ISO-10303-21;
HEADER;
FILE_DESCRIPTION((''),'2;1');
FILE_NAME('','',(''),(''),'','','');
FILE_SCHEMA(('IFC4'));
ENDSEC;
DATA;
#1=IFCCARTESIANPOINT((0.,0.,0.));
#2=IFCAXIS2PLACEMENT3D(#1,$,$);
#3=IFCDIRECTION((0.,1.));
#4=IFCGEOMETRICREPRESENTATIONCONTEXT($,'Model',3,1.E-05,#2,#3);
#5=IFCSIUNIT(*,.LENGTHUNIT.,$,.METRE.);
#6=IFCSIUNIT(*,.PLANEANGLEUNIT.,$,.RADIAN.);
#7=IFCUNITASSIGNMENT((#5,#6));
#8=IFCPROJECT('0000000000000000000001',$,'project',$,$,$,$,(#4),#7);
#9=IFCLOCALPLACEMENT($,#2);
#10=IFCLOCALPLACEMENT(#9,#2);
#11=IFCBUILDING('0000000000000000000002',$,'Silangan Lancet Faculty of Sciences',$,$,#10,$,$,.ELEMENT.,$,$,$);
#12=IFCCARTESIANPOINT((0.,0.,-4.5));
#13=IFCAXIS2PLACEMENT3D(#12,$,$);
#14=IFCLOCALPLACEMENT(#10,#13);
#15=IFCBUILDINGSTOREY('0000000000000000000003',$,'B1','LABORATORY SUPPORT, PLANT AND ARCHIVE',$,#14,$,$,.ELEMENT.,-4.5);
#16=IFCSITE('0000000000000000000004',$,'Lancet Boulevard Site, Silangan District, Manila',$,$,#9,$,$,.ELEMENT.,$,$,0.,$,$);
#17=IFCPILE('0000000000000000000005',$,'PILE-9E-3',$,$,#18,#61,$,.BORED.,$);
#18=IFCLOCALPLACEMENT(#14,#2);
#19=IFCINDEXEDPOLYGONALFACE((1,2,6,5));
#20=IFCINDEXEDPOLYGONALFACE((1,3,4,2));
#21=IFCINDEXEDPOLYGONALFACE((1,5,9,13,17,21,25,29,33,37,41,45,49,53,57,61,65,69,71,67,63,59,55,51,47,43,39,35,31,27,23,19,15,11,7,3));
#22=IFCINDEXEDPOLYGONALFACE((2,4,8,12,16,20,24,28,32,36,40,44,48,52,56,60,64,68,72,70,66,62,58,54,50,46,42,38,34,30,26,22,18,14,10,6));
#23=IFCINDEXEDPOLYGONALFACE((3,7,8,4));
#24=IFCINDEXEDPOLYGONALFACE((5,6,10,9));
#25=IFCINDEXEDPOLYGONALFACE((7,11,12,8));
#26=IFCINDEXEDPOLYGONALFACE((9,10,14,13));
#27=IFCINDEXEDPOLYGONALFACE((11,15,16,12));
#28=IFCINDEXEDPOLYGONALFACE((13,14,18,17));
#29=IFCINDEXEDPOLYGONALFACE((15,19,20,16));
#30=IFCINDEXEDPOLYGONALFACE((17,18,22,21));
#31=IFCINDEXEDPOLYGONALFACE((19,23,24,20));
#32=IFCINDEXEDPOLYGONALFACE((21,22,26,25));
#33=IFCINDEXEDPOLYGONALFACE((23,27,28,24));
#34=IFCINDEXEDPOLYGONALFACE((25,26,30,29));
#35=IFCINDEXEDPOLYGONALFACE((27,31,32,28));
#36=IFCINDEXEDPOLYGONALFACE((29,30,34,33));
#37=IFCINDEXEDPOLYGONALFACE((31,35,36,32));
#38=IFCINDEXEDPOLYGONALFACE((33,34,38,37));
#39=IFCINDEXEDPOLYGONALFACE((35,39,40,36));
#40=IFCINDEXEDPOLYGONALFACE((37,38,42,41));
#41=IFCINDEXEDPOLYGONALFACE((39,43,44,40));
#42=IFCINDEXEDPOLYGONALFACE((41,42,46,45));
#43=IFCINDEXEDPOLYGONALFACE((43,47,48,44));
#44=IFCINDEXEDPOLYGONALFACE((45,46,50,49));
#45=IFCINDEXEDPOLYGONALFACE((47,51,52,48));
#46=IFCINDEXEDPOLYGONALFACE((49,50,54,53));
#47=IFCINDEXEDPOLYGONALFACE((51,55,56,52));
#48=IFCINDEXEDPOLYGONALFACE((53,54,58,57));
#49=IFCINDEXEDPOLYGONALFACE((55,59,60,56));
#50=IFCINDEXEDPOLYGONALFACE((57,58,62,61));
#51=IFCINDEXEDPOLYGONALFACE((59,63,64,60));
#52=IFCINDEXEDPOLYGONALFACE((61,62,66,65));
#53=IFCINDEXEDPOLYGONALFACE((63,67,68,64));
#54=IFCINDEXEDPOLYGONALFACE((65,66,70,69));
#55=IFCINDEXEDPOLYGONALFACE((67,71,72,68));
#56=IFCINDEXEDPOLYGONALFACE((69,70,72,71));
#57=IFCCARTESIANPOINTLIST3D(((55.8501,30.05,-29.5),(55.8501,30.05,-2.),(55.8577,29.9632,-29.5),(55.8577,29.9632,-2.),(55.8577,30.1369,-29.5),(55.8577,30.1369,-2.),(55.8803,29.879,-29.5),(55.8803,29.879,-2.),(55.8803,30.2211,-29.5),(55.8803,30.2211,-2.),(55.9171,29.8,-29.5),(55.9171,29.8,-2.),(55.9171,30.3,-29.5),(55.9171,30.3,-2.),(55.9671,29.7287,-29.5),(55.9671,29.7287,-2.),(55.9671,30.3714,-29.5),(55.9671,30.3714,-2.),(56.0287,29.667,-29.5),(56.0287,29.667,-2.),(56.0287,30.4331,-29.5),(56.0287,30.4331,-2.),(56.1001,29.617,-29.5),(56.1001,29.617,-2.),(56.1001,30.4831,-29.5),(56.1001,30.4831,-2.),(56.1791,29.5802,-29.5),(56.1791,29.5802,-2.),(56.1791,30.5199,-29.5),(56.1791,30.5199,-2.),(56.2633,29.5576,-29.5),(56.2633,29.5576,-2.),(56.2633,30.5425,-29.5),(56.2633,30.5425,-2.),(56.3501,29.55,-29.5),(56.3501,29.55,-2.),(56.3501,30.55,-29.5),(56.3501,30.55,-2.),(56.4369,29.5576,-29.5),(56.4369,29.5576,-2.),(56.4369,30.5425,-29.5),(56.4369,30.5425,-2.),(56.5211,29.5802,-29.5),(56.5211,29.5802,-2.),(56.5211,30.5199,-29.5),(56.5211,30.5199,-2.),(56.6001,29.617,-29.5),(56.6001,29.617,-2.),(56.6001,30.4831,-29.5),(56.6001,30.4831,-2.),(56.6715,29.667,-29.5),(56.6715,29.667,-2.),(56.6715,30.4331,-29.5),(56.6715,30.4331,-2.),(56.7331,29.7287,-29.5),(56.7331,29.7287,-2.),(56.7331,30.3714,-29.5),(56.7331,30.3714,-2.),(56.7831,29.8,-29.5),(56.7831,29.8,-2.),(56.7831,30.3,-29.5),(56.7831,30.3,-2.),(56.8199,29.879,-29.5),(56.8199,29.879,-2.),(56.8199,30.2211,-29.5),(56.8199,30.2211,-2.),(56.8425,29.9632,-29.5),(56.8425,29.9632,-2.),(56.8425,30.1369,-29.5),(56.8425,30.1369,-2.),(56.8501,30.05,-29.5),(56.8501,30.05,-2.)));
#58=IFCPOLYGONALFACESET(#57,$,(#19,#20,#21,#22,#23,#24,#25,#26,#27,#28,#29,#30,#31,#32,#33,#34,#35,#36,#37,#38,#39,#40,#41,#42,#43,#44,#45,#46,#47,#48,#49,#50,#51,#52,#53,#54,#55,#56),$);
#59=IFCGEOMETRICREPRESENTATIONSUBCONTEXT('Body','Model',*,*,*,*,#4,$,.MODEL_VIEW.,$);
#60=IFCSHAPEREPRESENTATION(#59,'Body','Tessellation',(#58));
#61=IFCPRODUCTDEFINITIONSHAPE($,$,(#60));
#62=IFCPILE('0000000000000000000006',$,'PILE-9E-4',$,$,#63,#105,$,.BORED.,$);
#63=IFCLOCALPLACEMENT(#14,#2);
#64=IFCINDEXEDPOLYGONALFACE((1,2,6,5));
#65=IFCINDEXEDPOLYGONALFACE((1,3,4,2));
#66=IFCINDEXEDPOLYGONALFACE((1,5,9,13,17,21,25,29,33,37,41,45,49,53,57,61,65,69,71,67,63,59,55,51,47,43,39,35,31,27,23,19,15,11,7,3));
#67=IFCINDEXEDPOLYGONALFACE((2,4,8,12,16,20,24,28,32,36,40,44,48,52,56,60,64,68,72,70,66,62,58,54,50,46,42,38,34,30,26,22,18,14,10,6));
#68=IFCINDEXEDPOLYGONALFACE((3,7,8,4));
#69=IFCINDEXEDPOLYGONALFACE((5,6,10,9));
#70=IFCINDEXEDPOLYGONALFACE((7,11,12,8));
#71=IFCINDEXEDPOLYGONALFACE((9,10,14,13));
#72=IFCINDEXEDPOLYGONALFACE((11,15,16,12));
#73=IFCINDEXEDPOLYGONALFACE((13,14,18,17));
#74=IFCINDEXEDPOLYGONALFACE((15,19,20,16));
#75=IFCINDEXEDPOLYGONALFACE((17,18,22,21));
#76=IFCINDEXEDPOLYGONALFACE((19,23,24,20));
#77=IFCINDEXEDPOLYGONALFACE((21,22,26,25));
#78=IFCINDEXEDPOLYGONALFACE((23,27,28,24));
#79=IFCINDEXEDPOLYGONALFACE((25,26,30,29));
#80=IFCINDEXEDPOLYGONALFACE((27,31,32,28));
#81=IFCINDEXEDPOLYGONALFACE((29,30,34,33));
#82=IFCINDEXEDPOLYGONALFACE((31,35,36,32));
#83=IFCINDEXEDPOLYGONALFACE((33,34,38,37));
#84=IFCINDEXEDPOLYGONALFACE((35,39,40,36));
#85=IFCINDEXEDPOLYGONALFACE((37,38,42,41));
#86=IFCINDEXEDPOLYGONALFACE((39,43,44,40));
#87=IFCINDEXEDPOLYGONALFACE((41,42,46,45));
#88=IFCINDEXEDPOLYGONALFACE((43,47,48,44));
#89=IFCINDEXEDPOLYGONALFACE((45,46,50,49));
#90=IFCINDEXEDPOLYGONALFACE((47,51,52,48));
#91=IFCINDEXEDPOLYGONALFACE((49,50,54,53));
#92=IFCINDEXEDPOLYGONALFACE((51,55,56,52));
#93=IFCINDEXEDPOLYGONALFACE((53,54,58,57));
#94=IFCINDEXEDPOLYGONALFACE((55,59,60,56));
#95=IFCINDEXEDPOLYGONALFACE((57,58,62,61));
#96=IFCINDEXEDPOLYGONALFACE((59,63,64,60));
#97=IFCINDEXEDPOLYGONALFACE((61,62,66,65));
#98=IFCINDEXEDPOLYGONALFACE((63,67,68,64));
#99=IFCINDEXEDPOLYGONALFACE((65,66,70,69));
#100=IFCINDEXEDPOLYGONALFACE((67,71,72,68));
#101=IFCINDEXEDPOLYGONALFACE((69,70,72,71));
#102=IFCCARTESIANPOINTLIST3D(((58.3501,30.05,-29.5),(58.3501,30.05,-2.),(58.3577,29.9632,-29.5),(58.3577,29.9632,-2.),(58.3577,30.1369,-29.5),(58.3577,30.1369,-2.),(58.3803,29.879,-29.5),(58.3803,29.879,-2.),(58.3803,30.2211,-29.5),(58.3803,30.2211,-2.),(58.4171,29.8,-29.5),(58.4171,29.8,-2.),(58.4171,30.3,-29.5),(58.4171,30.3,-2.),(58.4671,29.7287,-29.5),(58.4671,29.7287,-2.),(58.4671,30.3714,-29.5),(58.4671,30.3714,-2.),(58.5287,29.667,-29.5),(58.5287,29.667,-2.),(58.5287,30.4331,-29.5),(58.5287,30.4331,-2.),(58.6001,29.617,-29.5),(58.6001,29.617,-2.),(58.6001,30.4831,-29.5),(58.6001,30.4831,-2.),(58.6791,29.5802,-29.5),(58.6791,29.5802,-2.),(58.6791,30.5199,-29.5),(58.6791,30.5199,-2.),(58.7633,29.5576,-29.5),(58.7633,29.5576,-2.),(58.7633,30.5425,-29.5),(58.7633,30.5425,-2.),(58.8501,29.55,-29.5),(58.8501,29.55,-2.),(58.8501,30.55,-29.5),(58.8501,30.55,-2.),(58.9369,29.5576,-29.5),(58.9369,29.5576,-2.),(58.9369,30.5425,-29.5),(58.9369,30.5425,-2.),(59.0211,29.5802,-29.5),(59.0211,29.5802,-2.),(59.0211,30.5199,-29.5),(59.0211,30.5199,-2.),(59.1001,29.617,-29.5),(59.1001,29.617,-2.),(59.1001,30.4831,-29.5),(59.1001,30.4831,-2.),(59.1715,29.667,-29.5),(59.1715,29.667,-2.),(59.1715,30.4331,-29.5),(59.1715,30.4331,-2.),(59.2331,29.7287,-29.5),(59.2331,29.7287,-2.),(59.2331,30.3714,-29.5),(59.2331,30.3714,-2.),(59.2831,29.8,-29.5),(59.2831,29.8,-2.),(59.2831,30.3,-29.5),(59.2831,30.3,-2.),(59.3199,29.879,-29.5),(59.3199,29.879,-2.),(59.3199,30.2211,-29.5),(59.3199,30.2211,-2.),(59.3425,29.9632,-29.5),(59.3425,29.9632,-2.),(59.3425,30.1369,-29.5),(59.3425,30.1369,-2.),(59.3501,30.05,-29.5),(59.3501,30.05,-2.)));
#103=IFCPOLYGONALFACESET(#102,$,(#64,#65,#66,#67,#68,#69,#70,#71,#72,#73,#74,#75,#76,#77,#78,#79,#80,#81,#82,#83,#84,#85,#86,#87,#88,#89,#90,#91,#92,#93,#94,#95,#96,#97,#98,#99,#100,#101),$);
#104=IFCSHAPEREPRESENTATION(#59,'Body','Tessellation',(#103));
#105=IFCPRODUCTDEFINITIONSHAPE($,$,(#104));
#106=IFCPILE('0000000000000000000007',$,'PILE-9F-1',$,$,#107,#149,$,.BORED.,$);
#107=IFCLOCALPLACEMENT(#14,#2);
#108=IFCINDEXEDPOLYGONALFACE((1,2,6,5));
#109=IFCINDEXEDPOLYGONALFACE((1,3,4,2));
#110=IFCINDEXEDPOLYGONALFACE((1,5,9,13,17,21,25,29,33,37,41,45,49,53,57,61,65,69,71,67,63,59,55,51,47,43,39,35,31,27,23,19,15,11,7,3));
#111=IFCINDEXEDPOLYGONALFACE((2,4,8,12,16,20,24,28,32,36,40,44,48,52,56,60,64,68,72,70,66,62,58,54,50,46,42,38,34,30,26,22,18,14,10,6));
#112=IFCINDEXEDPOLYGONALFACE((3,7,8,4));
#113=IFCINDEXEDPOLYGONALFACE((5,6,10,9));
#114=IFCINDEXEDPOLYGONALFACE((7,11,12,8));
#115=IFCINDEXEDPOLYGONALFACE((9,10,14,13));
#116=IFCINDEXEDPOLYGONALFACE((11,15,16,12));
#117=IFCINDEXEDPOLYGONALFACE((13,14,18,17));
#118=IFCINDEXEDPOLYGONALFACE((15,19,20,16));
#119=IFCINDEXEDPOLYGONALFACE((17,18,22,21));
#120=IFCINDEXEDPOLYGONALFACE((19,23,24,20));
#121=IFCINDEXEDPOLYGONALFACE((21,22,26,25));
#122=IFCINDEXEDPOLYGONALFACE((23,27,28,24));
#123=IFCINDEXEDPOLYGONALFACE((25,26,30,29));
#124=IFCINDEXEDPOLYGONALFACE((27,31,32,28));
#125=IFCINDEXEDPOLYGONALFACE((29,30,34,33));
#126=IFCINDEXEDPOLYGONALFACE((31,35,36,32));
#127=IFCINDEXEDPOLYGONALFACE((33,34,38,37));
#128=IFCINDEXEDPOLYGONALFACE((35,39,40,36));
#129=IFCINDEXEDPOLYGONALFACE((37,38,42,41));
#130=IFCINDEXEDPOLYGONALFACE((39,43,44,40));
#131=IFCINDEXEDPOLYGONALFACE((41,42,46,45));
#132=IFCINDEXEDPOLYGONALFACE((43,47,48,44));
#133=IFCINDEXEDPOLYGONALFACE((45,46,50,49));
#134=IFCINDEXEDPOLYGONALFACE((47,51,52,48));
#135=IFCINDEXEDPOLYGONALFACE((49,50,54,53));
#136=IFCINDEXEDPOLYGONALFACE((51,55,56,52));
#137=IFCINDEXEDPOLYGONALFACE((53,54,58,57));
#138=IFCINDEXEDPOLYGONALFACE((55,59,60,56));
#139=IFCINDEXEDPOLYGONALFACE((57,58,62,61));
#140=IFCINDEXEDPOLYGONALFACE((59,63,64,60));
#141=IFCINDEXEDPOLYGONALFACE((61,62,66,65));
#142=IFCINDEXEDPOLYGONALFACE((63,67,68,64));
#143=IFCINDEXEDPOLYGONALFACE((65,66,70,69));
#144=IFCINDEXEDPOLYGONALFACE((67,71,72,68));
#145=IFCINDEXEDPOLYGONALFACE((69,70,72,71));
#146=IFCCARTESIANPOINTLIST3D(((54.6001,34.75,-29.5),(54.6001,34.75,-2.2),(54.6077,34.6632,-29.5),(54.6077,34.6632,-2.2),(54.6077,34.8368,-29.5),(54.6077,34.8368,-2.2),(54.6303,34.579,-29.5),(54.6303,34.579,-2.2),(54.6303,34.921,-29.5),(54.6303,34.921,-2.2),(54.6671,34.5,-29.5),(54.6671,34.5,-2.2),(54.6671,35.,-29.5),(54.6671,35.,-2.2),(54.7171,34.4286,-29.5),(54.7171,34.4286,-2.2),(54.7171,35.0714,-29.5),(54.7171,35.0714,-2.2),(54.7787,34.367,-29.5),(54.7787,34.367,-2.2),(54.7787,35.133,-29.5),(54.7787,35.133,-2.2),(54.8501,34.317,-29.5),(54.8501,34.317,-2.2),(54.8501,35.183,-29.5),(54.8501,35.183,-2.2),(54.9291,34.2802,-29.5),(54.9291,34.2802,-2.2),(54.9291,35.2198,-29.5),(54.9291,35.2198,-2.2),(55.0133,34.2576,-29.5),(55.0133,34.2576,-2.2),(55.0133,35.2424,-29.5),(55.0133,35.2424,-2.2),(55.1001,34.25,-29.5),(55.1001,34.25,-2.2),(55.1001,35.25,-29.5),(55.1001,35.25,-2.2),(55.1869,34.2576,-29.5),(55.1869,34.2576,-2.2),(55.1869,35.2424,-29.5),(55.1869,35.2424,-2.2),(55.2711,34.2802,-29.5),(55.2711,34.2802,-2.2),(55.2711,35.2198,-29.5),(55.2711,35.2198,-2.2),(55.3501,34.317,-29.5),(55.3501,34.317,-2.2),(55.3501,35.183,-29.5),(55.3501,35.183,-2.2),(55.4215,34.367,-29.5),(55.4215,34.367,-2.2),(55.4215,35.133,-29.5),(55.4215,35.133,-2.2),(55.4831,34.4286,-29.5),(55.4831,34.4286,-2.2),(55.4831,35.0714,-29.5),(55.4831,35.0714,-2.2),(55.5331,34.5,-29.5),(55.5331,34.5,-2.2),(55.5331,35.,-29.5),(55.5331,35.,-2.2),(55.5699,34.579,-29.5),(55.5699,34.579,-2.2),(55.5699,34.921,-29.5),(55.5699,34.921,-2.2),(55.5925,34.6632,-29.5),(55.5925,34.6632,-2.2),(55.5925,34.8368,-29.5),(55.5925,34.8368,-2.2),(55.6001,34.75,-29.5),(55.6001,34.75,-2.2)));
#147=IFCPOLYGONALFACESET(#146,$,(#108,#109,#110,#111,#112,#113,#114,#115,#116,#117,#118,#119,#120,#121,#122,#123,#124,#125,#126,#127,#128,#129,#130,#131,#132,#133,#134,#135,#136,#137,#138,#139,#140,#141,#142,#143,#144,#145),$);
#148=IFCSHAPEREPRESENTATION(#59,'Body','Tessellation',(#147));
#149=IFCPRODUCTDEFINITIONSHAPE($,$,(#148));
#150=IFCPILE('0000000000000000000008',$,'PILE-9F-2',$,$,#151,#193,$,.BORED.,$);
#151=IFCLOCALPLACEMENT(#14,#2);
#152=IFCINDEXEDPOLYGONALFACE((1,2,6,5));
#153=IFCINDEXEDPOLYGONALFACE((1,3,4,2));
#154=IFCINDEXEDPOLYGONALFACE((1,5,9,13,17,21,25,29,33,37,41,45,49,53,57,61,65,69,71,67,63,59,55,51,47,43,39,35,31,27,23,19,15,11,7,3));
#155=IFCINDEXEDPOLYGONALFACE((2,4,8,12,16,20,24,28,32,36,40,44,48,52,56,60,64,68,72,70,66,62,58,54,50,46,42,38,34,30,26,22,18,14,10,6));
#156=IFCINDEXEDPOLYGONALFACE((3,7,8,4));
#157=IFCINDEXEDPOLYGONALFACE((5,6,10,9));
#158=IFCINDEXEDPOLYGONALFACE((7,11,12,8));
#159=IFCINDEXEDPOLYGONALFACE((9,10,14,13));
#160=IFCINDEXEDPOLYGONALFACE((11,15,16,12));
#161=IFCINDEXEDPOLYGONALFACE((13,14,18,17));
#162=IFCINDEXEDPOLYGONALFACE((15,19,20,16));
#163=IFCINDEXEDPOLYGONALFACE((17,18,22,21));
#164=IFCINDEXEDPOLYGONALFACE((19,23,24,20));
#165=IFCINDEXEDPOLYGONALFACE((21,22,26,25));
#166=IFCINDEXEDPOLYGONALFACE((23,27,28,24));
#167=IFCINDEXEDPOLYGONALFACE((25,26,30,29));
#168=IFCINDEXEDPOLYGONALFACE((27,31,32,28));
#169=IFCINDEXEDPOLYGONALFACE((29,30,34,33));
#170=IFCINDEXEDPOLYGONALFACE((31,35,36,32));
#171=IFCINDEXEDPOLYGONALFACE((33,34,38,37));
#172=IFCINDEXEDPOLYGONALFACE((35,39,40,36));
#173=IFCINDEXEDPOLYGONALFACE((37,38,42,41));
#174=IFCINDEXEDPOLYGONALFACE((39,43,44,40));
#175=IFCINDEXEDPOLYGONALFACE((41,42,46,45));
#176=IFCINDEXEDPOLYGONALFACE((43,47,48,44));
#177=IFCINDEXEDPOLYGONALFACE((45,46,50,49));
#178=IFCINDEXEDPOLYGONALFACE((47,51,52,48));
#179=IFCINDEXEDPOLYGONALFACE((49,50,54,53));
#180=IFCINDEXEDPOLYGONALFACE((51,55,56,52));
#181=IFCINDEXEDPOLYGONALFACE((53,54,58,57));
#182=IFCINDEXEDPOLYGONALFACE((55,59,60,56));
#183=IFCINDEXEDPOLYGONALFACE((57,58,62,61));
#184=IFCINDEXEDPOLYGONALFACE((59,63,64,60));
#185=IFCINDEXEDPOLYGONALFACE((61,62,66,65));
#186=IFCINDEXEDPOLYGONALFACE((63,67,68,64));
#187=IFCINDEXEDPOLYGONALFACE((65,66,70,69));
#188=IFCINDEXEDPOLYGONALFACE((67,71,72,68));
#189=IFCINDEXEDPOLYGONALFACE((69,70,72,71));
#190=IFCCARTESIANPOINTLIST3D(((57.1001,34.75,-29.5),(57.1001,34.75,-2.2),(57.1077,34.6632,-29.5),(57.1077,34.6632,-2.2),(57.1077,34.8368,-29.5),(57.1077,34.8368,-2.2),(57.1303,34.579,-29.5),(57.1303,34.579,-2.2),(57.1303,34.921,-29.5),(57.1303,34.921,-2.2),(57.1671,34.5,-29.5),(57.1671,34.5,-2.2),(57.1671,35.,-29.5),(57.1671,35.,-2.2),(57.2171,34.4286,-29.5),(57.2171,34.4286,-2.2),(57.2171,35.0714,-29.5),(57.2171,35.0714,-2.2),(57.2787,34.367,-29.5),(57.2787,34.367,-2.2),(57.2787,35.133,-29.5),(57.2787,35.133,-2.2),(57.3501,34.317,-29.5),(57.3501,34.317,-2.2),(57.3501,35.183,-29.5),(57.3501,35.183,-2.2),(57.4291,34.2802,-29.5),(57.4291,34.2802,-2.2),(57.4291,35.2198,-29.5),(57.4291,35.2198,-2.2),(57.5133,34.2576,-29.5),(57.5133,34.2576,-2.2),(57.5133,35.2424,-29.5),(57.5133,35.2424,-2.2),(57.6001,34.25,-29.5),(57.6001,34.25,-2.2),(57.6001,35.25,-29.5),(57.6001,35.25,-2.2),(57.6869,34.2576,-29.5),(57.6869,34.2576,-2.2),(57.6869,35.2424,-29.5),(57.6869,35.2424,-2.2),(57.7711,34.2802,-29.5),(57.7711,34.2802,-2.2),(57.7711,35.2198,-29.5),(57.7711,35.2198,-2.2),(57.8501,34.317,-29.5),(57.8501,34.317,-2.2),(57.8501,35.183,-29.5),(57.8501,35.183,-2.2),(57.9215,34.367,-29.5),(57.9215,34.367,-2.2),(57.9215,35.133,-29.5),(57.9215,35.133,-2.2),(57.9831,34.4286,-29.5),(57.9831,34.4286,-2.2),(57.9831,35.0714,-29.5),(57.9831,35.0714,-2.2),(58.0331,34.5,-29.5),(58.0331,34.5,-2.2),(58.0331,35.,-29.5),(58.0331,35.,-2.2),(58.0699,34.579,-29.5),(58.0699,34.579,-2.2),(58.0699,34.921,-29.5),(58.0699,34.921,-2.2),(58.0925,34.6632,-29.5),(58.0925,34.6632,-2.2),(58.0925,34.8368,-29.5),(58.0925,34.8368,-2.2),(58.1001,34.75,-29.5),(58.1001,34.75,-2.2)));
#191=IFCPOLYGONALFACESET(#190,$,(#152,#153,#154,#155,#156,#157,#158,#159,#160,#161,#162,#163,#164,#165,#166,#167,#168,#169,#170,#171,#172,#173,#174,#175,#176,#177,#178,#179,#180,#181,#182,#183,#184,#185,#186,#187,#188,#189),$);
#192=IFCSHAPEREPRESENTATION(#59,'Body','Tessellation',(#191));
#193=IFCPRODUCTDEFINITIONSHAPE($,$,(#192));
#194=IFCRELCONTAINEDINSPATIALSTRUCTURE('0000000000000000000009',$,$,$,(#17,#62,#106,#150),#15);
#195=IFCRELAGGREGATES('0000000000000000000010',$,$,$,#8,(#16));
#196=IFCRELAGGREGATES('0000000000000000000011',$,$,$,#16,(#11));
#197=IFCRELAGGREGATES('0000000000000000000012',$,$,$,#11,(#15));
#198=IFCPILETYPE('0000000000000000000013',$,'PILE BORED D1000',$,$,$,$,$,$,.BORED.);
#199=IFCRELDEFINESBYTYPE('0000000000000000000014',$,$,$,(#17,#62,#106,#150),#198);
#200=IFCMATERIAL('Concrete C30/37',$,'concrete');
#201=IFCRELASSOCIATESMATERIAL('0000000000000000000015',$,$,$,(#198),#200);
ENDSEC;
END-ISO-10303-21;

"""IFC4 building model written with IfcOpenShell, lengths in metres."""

from ifc_helpers import new_model, si_unit, direction, frame, origin, origin_2d, place, context, subcontext, project, spatial, circle, extrude, material, material_profile, profile_set, type_object, element, save


model = new_model("IFC4")

# Units and contexts
model_context = context("Model", 3, precision=1e-05, world=origin(), true_north=direction((0.0, 1.0)))
body_context = subcontext(model_context, "Body", "Model", "MODEL_VIEW")
ifc_project = project(units=[si_unit("LENGTHUNIT", "METRE"), si_unit("PLANEANGLEUNIT", "RADIAN")], contexts=[model_context])

# Site, building, storey
site_placement = place(None, origin())
site = spatial("IfcSite", under=ifc_project, at=site_placement, Name="Lancet Boulevard Site, Silangan District, Manila", CompositionType="ELEMENT", RefElevation=0.0)
building_placement = place(site_placement, origin())
building = spatial("IfcBuilding", under=site, at=building_placement, Name="Silangan Lancet Faculty of Sciences", CompositionType="ELEMENT")
storey_placement = place(building_placement, frame((0.0, 0.0, -4.5)))
storey = spatial("IfcBuildingStorey", under=building, at=storey_placement, Name="B1", Description="LABORATORY SUPPORT, PLANT AND ARCHIVE", CompositionType="ELEMENT", Elevation=-4.5)

# Piles
ifc_material_1 = material(Name="Concrete C30/37", Category="concrete")
ifc_material_profile_1 = material_profile(ifc_material_1, circle(Radius=0.5, at=origin_2d()), Name="BORED PILE D1000")
ifc_profile_set_1 = profile_set([ifc_material_profile_1], Name="Concrete C30/37")
pile_type = type_object("IfcPileType", Name="PILE BORED D1000", PredefinedType="BORED", material=ifc_profile_set_1)
for number, where, z_axis, x_axis, name in (
    (1, (56.3501, 30.05, -2.0), (0.0, 0.0, -1.0), (1.0, 0.0, 0.0), "PILE-9E-3"),
    (2, (58.8501, 30.05, -2.0), (0.0, 0.0, -1.0), (1.0, 0.0, 0.0), "PILE-9E-4"),
):
    element("IfcPile", number, at=place(storey_placement, frame(where, z_axis=z_axis, x_axis=x_axis)), inside=storey, type_object=pile_type, Name=name, PredefinedType="BORED", context=body_context, shape_type="SweptSolid", body=[
        extrude(circle(Radius=0.5, at=origin_2d()), origin(), (0.0, 0.0, 1.0), 27.5),
    ])
for number, where, z_axis, x_axis, name in (
    (3, (55.1001, 34.75, -2.2), (0.0, 0.0, -1.0), (1.0, 0.0, 0.0), "PILE-9F-1"),
    (4, (57.6001, 34.75, -2.2), (0.0, 0.0, -1.0), (1.0, 0.0, 0.0), "PILE-9F-2"),
):
    element("IfcPile", number, at=place(storey_placement, frame(where, z_axis=z_axis, x_axis=x_axis)), inside=storey, type_object=pile_type, Name=name, PredefinedType="BORED", context=body_context, shape_type="SweptSolid", body=[
        extrude(circle(Radius=0.5, at=origin_2d()), origin(), (0.0, 0.0, 1.0), 27.3),
    ])

save(model, "model.ifc")
